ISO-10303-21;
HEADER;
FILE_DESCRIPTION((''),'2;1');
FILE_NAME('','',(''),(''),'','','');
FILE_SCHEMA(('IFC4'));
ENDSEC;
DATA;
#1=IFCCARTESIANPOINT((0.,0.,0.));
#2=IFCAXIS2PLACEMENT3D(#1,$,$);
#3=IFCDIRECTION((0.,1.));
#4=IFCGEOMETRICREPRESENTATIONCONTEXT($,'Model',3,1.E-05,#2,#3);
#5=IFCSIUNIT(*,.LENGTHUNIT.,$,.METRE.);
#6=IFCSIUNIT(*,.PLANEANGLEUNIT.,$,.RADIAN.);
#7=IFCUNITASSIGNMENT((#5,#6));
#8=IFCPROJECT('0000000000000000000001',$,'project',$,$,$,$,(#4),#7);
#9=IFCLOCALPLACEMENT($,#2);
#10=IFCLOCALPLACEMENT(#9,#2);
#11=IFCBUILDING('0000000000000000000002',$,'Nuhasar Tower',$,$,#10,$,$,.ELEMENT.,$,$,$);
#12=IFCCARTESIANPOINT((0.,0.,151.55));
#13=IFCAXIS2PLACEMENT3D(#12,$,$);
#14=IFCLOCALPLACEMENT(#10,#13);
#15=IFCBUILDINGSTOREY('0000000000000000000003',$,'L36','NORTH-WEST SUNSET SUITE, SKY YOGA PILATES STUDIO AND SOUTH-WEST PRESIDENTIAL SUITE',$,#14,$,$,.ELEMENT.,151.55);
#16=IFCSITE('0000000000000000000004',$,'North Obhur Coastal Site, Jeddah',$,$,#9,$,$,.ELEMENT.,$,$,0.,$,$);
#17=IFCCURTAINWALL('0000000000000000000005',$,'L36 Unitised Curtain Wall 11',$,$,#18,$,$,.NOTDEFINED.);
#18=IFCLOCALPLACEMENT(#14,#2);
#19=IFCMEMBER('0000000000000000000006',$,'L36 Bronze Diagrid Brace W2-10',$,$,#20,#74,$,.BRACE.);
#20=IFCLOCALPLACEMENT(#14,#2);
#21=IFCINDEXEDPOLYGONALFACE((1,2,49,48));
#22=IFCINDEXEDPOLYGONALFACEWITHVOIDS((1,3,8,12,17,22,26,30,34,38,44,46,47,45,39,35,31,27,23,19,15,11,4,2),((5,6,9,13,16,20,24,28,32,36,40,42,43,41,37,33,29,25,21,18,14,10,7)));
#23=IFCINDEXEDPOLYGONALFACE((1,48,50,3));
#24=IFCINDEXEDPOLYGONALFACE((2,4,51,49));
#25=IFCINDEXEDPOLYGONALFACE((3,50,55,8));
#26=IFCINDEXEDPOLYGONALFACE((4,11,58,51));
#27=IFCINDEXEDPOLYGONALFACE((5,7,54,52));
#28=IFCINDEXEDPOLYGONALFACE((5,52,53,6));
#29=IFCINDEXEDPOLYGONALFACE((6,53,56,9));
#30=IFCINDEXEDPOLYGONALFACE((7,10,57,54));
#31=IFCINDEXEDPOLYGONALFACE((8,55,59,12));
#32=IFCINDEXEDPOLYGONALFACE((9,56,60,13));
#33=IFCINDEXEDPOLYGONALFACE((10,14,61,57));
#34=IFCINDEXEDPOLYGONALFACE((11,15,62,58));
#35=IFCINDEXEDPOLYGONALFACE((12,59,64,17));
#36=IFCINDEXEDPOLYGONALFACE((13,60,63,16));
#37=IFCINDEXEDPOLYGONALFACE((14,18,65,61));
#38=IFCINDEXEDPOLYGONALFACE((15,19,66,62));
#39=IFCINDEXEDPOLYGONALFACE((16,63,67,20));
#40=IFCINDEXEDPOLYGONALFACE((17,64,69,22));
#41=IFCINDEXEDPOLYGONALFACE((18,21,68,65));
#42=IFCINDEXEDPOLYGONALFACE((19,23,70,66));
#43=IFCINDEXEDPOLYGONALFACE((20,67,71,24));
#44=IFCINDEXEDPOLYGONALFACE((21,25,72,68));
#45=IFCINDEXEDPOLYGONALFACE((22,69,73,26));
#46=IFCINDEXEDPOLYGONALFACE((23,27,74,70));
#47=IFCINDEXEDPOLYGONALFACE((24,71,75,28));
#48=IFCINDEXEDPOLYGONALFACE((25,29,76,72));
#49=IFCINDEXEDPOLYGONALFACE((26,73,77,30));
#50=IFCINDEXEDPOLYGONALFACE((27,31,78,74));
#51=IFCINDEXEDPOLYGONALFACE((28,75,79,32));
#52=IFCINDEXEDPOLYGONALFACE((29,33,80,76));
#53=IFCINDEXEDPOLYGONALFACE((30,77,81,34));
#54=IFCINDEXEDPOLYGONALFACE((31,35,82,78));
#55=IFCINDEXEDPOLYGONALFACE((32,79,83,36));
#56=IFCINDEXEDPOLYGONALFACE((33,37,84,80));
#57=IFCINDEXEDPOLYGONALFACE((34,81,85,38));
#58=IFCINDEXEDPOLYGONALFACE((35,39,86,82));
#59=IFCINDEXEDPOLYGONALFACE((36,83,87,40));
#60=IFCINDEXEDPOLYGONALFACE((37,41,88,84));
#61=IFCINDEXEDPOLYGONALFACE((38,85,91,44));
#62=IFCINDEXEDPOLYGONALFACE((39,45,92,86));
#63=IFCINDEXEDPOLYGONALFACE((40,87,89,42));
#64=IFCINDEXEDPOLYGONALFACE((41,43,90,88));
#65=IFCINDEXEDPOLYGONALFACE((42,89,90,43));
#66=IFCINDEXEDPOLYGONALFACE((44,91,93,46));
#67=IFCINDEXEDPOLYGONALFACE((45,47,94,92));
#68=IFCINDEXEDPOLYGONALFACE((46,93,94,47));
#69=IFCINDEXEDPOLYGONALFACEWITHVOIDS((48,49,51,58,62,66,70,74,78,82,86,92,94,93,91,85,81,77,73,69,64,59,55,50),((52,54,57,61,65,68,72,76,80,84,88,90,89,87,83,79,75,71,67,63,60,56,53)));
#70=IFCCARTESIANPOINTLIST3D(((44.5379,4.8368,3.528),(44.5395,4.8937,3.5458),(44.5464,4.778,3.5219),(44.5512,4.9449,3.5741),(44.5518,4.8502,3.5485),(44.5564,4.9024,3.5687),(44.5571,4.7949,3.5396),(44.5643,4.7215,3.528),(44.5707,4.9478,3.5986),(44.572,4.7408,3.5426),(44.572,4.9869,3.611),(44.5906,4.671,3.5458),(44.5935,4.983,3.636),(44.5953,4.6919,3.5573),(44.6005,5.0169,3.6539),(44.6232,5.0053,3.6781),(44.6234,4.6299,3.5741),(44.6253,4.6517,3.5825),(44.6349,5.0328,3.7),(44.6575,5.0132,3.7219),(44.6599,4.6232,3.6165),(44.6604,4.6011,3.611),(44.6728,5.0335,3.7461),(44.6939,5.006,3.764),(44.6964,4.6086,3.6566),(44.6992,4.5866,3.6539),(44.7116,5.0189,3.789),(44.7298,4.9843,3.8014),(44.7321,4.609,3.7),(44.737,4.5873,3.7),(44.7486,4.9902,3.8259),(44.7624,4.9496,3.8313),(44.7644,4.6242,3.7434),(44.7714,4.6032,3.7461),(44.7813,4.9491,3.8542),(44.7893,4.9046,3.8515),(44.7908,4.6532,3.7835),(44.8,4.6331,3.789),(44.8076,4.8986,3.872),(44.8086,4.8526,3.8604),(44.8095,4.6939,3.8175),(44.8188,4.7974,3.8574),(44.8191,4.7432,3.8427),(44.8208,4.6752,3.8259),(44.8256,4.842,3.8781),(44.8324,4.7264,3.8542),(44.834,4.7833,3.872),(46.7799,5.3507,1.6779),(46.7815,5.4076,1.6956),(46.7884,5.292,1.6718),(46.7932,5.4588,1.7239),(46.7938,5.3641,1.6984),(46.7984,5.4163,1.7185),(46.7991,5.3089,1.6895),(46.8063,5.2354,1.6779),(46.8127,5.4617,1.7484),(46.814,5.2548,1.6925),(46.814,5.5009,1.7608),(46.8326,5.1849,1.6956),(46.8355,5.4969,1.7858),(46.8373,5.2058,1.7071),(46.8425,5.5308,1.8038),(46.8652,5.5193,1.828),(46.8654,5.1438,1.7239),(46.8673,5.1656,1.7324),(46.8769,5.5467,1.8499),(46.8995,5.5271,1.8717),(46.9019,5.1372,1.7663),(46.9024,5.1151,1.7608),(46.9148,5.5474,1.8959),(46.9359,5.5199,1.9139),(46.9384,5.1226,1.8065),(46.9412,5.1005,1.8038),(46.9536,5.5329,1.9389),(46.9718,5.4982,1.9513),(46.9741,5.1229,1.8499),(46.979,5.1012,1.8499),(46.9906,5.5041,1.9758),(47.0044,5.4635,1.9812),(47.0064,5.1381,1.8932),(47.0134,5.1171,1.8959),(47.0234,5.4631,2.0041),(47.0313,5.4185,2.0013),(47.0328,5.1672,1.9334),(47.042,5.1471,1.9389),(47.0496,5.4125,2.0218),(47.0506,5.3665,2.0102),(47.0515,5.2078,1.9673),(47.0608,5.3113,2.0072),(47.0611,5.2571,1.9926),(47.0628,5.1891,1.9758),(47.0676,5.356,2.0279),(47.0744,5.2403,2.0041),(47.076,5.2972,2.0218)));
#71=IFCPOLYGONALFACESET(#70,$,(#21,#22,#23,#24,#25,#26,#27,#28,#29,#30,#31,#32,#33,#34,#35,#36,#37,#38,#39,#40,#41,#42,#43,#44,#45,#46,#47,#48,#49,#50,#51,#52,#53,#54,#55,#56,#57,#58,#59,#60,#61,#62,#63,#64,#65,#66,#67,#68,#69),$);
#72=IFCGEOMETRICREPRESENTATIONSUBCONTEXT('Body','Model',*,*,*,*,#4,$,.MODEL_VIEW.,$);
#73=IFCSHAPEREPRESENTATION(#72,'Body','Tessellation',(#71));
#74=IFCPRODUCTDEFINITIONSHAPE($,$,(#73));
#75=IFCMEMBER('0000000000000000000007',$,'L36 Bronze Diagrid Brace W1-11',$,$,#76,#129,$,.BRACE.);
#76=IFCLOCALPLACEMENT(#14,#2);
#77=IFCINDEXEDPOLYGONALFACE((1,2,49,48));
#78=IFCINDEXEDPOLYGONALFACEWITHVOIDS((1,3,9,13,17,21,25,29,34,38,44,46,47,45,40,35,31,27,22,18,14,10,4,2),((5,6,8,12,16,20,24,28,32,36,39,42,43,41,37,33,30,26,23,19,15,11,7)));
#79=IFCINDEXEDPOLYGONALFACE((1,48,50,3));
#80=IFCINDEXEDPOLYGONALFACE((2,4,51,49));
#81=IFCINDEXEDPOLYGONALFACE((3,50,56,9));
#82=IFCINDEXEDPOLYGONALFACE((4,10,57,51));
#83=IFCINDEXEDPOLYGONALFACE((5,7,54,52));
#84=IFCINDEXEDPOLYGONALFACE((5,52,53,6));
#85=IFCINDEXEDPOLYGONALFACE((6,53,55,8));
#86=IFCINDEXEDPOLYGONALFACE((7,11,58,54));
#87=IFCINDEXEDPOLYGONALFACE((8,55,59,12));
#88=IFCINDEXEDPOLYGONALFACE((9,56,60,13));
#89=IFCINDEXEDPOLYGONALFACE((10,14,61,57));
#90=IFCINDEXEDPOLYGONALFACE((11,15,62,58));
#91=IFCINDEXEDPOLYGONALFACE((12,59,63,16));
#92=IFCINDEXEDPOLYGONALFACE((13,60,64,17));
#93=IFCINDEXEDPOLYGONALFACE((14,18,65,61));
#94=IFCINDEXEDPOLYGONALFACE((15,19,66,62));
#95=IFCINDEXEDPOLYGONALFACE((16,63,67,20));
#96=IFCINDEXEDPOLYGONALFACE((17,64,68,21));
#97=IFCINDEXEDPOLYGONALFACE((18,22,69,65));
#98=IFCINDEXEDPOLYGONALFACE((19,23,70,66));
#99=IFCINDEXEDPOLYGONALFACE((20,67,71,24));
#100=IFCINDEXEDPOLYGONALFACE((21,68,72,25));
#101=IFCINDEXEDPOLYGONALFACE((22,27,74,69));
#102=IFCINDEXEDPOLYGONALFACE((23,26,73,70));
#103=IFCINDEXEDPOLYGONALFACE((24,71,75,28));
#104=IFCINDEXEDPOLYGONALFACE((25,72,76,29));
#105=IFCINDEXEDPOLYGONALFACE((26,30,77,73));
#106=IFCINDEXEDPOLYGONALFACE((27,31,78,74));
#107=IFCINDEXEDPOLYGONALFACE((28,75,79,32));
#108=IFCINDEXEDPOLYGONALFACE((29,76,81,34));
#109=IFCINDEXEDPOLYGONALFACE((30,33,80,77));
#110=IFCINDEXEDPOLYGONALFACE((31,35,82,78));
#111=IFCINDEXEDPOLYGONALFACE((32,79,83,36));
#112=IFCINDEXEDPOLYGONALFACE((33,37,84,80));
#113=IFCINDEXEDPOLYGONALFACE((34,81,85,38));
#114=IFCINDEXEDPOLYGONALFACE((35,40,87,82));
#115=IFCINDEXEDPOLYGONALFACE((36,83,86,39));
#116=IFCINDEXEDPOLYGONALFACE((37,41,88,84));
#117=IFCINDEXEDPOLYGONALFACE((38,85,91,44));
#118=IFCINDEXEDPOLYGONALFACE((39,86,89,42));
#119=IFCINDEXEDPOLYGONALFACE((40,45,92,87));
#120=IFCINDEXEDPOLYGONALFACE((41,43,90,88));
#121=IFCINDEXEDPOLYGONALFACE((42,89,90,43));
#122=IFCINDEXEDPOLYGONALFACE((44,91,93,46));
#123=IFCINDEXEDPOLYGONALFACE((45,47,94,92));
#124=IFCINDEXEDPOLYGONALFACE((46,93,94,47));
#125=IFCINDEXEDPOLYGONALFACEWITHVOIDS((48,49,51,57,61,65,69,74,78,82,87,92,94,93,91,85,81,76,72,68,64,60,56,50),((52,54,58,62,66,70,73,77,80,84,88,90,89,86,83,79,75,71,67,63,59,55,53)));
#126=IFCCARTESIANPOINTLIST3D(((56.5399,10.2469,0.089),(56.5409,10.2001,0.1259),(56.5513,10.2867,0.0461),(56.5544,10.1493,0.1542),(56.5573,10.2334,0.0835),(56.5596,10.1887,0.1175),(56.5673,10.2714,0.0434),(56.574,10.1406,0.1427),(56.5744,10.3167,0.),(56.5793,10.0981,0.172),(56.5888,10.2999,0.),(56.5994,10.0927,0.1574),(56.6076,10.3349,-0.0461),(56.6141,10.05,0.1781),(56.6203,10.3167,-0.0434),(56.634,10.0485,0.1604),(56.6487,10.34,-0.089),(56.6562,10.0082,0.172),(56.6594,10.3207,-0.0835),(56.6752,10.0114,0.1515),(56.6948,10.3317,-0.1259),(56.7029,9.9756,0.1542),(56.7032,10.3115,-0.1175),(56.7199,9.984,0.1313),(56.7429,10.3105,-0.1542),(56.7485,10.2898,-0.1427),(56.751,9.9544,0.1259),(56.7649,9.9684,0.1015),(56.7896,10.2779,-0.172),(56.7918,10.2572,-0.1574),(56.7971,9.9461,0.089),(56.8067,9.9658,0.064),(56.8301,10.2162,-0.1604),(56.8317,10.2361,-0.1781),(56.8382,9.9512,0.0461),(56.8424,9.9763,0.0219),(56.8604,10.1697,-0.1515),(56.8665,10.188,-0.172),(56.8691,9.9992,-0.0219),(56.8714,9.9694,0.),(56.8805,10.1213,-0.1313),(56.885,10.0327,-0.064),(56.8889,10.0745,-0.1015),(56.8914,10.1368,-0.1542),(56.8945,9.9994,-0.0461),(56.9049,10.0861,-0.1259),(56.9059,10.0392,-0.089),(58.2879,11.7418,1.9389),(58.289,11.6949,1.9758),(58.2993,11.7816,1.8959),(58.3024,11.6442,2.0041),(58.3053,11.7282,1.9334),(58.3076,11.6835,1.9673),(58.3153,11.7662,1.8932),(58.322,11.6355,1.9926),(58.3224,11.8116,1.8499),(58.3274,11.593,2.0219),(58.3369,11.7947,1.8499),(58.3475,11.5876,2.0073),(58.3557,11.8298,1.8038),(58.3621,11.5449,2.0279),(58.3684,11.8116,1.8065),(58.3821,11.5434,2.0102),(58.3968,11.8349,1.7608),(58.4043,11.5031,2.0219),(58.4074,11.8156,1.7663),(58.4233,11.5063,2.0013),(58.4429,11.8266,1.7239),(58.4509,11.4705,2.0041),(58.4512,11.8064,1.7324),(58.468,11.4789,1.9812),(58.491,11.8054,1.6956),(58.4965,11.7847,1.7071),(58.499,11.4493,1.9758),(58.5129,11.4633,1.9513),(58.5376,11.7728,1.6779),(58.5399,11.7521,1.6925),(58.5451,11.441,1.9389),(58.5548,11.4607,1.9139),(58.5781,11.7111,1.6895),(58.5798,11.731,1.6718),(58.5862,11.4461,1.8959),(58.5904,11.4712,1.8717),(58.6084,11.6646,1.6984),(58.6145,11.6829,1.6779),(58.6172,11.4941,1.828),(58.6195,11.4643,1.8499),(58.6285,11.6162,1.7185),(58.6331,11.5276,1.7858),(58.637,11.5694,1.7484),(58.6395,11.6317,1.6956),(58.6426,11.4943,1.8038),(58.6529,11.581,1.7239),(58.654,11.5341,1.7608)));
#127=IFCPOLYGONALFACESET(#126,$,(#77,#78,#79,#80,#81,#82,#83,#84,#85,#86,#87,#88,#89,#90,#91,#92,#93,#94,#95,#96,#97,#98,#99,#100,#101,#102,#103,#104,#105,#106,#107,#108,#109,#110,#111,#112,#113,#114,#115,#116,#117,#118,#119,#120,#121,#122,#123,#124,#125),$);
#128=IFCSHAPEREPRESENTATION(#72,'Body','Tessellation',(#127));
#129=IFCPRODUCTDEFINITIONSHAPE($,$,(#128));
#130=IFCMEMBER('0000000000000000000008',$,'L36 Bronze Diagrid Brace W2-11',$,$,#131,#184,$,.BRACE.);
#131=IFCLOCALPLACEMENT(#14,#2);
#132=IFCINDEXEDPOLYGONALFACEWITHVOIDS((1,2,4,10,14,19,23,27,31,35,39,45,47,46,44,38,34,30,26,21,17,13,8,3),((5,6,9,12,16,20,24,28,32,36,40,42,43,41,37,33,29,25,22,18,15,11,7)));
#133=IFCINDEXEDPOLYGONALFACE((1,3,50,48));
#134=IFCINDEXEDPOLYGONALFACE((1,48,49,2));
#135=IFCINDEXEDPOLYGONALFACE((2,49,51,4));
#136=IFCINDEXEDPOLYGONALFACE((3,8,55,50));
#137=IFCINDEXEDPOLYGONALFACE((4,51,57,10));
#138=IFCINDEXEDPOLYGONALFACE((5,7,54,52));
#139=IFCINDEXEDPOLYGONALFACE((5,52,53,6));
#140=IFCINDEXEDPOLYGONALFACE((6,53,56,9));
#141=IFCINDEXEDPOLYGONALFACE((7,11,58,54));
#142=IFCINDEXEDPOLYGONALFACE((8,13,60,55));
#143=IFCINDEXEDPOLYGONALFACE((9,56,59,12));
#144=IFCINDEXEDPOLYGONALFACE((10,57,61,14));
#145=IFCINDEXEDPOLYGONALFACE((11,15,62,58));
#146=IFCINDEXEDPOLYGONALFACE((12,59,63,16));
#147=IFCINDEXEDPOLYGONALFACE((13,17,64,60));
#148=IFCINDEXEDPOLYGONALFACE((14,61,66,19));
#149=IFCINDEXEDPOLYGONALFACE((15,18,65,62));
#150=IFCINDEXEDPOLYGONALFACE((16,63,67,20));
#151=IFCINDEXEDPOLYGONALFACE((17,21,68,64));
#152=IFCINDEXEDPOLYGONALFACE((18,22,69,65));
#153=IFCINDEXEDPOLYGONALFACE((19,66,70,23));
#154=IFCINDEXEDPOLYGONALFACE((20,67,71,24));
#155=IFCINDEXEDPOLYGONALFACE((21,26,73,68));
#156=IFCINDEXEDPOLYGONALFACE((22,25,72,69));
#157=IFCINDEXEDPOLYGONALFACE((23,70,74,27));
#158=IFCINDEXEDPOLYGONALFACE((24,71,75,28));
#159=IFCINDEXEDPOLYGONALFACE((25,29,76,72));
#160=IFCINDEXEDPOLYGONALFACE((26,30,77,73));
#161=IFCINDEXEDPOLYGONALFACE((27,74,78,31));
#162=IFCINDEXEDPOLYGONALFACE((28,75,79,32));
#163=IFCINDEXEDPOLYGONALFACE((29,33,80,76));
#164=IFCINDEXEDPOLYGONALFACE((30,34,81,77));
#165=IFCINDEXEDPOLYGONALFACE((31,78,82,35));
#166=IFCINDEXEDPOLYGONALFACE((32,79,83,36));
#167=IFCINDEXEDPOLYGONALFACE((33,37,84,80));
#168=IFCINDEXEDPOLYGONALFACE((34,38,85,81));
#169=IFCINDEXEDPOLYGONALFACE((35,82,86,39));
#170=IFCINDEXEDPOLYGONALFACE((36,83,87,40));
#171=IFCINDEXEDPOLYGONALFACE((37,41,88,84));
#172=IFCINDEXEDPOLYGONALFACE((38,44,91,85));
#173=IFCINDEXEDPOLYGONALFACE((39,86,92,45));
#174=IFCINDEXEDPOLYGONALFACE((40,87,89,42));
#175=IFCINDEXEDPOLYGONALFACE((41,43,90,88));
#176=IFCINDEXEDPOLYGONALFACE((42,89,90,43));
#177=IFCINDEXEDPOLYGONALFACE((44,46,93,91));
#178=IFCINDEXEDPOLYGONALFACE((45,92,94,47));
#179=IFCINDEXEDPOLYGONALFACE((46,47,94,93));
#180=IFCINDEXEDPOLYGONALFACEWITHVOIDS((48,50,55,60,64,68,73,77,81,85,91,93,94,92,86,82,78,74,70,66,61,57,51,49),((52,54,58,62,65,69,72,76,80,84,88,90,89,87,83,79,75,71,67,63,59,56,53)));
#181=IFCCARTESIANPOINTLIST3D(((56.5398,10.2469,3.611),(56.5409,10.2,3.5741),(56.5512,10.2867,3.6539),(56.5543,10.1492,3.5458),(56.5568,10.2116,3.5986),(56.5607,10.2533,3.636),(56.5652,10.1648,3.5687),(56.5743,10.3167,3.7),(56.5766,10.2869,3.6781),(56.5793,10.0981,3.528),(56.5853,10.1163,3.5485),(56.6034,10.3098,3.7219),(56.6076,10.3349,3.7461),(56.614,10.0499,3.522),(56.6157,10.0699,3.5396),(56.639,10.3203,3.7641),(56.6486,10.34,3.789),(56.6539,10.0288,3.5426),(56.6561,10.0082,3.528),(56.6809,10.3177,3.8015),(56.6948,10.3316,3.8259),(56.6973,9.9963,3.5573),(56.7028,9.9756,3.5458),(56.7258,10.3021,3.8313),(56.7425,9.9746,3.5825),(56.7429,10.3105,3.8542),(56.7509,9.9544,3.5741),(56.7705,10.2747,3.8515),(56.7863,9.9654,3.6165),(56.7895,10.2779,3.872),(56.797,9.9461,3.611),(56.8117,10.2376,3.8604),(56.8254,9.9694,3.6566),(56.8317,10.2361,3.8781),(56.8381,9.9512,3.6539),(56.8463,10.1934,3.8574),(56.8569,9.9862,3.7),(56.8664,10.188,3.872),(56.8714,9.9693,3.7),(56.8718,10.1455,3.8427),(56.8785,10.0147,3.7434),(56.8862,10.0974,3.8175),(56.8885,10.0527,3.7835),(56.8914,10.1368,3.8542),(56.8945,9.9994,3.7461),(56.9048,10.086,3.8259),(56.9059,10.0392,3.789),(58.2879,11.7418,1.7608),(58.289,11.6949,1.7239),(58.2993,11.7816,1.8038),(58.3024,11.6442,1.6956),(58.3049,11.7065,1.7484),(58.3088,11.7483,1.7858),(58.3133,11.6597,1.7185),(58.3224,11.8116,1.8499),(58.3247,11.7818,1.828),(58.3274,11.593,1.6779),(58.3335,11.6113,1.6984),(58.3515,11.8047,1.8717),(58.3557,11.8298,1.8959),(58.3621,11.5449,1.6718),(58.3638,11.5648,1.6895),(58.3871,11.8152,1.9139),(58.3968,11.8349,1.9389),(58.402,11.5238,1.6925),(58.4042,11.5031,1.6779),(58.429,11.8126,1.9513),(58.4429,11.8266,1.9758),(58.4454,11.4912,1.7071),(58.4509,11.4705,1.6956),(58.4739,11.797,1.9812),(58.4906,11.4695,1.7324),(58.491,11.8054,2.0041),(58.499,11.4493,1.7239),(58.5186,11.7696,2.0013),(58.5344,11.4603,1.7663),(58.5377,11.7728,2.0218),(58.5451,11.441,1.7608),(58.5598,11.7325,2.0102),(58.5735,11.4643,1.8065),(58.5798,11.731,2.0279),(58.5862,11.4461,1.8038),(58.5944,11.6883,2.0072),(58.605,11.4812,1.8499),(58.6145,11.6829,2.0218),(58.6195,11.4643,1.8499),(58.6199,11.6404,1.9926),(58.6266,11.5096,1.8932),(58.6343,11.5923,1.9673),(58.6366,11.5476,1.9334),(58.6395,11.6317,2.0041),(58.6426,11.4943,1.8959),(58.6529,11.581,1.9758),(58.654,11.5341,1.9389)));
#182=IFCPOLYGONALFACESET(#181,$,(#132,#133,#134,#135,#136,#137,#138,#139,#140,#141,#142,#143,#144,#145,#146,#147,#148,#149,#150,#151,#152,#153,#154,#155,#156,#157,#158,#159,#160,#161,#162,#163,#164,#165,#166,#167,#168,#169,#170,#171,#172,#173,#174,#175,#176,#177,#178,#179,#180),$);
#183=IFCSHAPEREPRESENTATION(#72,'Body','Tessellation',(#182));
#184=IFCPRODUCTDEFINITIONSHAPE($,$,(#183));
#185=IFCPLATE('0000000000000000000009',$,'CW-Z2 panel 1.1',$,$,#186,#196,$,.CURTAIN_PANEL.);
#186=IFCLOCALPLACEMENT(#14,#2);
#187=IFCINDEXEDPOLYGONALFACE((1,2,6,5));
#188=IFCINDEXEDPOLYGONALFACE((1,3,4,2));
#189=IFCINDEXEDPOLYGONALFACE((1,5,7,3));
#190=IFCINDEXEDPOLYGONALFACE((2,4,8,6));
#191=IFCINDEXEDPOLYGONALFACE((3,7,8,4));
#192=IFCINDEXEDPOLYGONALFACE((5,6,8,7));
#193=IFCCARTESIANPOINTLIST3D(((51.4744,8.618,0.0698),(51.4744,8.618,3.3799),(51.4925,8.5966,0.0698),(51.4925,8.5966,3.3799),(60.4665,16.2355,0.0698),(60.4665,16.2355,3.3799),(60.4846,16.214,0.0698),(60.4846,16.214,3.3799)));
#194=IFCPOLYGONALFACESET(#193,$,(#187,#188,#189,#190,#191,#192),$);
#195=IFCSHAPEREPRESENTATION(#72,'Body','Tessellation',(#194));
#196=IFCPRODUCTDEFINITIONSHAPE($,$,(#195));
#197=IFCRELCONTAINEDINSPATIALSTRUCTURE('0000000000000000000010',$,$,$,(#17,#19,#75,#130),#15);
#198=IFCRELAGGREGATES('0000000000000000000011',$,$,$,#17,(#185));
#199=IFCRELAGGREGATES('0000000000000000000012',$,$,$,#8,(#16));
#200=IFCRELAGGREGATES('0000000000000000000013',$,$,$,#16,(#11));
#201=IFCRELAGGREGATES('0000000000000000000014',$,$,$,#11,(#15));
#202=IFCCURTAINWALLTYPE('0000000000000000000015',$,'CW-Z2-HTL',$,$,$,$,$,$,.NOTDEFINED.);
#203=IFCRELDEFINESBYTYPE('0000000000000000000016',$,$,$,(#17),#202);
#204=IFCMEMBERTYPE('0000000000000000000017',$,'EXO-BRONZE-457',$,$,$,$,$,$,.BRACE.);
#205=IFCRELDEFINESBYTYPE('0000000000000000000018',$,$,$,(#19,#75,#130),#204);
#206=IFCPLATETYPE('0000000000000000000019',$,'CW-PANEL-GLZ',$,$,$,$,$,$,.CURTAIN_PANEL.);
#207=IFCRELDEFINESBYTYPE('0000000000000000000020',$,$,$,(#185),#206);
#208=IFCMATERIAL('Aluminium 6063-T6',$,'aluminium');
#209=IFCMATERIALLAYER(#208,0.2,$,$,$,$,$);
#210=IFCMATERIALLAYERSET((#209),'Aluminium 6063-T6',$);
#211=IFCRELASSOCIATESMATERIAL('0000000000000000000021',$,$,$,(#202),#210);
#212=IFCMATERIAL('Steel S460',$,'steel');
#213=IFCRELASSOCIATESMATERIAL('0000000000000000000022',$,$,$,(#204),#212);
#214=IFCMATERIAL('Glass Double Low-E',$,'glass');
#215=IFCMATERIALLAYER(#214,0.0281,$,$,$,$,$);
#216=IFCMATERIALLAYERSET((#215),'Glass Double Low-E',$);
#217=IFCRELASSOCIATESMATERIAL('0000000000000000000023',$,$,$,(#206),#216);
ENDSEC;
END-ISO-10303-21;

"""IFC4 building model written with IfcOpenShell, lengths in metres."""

from ifc_helpers import new_model, si_unit, direction, frame, origin, origin_2d, place, context, subcontext, project, spatial, rectangle, hollow_circle, extrude, material, layer, layer_set, material_profile, profile_set, type_object, element, aggregate, save


model = new_model("IFC4")

# Units and contexts
model_context = context("Model", 3, precision=1e-05, world=origin(), true_north=direction((0.0, 1.0)))
body_context = subcontext(model_context, "Body", "Model", "MODEL_VIEW")
ifc_project = project(units=[si_unit("LENGTHUNIT", "METRE"), si_unit("PLANEANGLEUNIT", "RADIAN")], contexts=[model_context])

# Site, building, storey
site_placement = place(None, origin())
site = spatial("IfcSite", under=ifc_project, at=site_placement, Name="North Obhur Coastal Site, Jeddah", CompositionType="ELEMENT", RefElevation=0.0)
building_placement = place(site_placement, origin())
building = spatial("IfcBuilding", under=site, at=building_placement, Name="Nuhasar Tower", CompositionType="ELEMENT")
storey_placement = place(building_placement, frame((0.0, 0.0, 151.55)))
storey = spatial("IfcBuildingStorey", under=building, at=storey_placement, Name="L36", Description="NORTH-WEST SUNSET SUITE, SKY YOGA PILATES STUDIO AND SOUTH-WEST PRESIDENTIAL SUITE", CompositionType="ELEMENT", Elevation=151.55)

# Shared definitions
ifc_material_1 = material(Name="Aluminium 6063-T6", Category="aluminium")
ifc_layer_1 = layer(ifc_material_1, 0.2)
ifc_layer_set_1 = layer_set([ifc_layer_1], Name="Aluminium 6063-T6")
curtain_wall_type = type_object("IfcCurtainWallType", Name="CW-Z2-HTL", PredefinedType="NOTDEFINED", material=ifc_layer_set_1)

# Curtain wall
curtain_wall_1_placement = place(storey_placement, origin())
curtain_wall_1 = element("IfcCurtainWall", 1, at=curtain_wall_1_placement, inside=storey, type_object=curtain_wall_type, Name="L36 Unitised Curtain Wall 11", PredefinedType="NOTDEFINED")

# Members
ifc_material_2 = material(Name="Steel S460", Category="steel")
ifc_material_profile_1 = material_profile(ifc_material_2, hollow_circle(Radius=0.2285, WallThickness=0.0222, at=origin_2d()), Name="HSS457X22.2")
ifc_profile_set_1 = profile_set([ifc_material_profile_1], Name="Steel S460")
member_type_1 = type_object("IfcMemberType", Name="EXO-BRONZE-457", PredefinedType="BRACE", material=ifc_profile_set_1)
member_1_placement = place(storey_placement, frame((46.928, 5.324, 1.8499), z_axis=(-0.75951, -0.174101, 0.626764), x_axis=(0.223433, -0.974719, 0.0)))
element("IfcMember", 2, at=member_1_placement, inside=storey, type_object=member_type_1, Name="L36 Bronze Diagrid Brace W2-10", PredefinedType="BRACE", context=body_context, shape_type="SweptSolid", body=[
    extrude(hollow_circle(Radius=0.2285, WallThickness=0.0222, at=origin_2d()), origin(), (0.0, 0.0, 1.0), 2.9519),
])
member_2_placement = place(storey_placement, frame((56.7229, 10.1431, 0.0), z_axis=(0.592226, 0.506452, 0.626717), x_axis=(-0.649926, 0.759998, 0.0)))
element("IfcMember", 3, at=member_2_placement, inside=storey, type_object=member_type_1, Name="L36 Bronze Diagrid Brace W1-11", PredefinedType="BRACE", context=body_context, shape_type="SweptSolid", body=[
    extrude(hollow_circle(Radius=0.2285, WallThickness=0.0222, at=origin_2d()), origin(), (0.0, 0.0, 1.0), 2.9517),
])
member_3_placement = place(storey_placement, frame((58.4709, 11.6379, 1.8499), z_axis=(-0.592195, -0.506426, 0.626767), x_axis=(0.649926, -0.759998, 0.0)))
element("IfcMember", 4, at=member_3_placement, inside=storey, type_object=member_type_1, Name="L36 Bronze Diagrid Brace W2-11", PredefinedType="BRACE", context=body_context, shape_type="SweptSolid", body=[
    extrude(hollow_circle(Radius=0.2285, WallThickness=0.0222, at=origin_2d()), origin(), (0.0, 0.0, 1.0), 2.9519),
])

# Plate
ifc_material_3 = material(Name="Glass Double Low-E", Category="glass")
ifc_layer_2 = layer(ifc_material_3, 0.0281)
ifc_layer_set_2 = layer_set([ifc_layer_2], Name="Glass Double Low-E")
plate_type = type_object("IfcPlateType", Name="CW-PANEL-GLZ", PredefinedType="CURTAIN_PANEL", material=ifc_layer_set_2)
plate_placement = place(storey_placement, frame((55.9795, 12.416, 0.0698), z_axis=(0.0, 0.0, 1.0), x_axis=(0.76302, 0.646374, 0.0)))
plate = element("IfcPlate", 5, at=plate_placement, type_object=plate_type, Name="CW-Z2 panel 1.1", PredefinedType="CURTAIN_PANEL", context=body_context, shape_type="SweptSolid", body=[
    extrude(rectangle(XDim=11.7849, YDim=0.0281, at=origin_2d()), origin(), (0.0, 0.0, 1.0), 3.3101),
])
aggregate(curtain_wall_1, [plate])

save(model, "model.ifc")
